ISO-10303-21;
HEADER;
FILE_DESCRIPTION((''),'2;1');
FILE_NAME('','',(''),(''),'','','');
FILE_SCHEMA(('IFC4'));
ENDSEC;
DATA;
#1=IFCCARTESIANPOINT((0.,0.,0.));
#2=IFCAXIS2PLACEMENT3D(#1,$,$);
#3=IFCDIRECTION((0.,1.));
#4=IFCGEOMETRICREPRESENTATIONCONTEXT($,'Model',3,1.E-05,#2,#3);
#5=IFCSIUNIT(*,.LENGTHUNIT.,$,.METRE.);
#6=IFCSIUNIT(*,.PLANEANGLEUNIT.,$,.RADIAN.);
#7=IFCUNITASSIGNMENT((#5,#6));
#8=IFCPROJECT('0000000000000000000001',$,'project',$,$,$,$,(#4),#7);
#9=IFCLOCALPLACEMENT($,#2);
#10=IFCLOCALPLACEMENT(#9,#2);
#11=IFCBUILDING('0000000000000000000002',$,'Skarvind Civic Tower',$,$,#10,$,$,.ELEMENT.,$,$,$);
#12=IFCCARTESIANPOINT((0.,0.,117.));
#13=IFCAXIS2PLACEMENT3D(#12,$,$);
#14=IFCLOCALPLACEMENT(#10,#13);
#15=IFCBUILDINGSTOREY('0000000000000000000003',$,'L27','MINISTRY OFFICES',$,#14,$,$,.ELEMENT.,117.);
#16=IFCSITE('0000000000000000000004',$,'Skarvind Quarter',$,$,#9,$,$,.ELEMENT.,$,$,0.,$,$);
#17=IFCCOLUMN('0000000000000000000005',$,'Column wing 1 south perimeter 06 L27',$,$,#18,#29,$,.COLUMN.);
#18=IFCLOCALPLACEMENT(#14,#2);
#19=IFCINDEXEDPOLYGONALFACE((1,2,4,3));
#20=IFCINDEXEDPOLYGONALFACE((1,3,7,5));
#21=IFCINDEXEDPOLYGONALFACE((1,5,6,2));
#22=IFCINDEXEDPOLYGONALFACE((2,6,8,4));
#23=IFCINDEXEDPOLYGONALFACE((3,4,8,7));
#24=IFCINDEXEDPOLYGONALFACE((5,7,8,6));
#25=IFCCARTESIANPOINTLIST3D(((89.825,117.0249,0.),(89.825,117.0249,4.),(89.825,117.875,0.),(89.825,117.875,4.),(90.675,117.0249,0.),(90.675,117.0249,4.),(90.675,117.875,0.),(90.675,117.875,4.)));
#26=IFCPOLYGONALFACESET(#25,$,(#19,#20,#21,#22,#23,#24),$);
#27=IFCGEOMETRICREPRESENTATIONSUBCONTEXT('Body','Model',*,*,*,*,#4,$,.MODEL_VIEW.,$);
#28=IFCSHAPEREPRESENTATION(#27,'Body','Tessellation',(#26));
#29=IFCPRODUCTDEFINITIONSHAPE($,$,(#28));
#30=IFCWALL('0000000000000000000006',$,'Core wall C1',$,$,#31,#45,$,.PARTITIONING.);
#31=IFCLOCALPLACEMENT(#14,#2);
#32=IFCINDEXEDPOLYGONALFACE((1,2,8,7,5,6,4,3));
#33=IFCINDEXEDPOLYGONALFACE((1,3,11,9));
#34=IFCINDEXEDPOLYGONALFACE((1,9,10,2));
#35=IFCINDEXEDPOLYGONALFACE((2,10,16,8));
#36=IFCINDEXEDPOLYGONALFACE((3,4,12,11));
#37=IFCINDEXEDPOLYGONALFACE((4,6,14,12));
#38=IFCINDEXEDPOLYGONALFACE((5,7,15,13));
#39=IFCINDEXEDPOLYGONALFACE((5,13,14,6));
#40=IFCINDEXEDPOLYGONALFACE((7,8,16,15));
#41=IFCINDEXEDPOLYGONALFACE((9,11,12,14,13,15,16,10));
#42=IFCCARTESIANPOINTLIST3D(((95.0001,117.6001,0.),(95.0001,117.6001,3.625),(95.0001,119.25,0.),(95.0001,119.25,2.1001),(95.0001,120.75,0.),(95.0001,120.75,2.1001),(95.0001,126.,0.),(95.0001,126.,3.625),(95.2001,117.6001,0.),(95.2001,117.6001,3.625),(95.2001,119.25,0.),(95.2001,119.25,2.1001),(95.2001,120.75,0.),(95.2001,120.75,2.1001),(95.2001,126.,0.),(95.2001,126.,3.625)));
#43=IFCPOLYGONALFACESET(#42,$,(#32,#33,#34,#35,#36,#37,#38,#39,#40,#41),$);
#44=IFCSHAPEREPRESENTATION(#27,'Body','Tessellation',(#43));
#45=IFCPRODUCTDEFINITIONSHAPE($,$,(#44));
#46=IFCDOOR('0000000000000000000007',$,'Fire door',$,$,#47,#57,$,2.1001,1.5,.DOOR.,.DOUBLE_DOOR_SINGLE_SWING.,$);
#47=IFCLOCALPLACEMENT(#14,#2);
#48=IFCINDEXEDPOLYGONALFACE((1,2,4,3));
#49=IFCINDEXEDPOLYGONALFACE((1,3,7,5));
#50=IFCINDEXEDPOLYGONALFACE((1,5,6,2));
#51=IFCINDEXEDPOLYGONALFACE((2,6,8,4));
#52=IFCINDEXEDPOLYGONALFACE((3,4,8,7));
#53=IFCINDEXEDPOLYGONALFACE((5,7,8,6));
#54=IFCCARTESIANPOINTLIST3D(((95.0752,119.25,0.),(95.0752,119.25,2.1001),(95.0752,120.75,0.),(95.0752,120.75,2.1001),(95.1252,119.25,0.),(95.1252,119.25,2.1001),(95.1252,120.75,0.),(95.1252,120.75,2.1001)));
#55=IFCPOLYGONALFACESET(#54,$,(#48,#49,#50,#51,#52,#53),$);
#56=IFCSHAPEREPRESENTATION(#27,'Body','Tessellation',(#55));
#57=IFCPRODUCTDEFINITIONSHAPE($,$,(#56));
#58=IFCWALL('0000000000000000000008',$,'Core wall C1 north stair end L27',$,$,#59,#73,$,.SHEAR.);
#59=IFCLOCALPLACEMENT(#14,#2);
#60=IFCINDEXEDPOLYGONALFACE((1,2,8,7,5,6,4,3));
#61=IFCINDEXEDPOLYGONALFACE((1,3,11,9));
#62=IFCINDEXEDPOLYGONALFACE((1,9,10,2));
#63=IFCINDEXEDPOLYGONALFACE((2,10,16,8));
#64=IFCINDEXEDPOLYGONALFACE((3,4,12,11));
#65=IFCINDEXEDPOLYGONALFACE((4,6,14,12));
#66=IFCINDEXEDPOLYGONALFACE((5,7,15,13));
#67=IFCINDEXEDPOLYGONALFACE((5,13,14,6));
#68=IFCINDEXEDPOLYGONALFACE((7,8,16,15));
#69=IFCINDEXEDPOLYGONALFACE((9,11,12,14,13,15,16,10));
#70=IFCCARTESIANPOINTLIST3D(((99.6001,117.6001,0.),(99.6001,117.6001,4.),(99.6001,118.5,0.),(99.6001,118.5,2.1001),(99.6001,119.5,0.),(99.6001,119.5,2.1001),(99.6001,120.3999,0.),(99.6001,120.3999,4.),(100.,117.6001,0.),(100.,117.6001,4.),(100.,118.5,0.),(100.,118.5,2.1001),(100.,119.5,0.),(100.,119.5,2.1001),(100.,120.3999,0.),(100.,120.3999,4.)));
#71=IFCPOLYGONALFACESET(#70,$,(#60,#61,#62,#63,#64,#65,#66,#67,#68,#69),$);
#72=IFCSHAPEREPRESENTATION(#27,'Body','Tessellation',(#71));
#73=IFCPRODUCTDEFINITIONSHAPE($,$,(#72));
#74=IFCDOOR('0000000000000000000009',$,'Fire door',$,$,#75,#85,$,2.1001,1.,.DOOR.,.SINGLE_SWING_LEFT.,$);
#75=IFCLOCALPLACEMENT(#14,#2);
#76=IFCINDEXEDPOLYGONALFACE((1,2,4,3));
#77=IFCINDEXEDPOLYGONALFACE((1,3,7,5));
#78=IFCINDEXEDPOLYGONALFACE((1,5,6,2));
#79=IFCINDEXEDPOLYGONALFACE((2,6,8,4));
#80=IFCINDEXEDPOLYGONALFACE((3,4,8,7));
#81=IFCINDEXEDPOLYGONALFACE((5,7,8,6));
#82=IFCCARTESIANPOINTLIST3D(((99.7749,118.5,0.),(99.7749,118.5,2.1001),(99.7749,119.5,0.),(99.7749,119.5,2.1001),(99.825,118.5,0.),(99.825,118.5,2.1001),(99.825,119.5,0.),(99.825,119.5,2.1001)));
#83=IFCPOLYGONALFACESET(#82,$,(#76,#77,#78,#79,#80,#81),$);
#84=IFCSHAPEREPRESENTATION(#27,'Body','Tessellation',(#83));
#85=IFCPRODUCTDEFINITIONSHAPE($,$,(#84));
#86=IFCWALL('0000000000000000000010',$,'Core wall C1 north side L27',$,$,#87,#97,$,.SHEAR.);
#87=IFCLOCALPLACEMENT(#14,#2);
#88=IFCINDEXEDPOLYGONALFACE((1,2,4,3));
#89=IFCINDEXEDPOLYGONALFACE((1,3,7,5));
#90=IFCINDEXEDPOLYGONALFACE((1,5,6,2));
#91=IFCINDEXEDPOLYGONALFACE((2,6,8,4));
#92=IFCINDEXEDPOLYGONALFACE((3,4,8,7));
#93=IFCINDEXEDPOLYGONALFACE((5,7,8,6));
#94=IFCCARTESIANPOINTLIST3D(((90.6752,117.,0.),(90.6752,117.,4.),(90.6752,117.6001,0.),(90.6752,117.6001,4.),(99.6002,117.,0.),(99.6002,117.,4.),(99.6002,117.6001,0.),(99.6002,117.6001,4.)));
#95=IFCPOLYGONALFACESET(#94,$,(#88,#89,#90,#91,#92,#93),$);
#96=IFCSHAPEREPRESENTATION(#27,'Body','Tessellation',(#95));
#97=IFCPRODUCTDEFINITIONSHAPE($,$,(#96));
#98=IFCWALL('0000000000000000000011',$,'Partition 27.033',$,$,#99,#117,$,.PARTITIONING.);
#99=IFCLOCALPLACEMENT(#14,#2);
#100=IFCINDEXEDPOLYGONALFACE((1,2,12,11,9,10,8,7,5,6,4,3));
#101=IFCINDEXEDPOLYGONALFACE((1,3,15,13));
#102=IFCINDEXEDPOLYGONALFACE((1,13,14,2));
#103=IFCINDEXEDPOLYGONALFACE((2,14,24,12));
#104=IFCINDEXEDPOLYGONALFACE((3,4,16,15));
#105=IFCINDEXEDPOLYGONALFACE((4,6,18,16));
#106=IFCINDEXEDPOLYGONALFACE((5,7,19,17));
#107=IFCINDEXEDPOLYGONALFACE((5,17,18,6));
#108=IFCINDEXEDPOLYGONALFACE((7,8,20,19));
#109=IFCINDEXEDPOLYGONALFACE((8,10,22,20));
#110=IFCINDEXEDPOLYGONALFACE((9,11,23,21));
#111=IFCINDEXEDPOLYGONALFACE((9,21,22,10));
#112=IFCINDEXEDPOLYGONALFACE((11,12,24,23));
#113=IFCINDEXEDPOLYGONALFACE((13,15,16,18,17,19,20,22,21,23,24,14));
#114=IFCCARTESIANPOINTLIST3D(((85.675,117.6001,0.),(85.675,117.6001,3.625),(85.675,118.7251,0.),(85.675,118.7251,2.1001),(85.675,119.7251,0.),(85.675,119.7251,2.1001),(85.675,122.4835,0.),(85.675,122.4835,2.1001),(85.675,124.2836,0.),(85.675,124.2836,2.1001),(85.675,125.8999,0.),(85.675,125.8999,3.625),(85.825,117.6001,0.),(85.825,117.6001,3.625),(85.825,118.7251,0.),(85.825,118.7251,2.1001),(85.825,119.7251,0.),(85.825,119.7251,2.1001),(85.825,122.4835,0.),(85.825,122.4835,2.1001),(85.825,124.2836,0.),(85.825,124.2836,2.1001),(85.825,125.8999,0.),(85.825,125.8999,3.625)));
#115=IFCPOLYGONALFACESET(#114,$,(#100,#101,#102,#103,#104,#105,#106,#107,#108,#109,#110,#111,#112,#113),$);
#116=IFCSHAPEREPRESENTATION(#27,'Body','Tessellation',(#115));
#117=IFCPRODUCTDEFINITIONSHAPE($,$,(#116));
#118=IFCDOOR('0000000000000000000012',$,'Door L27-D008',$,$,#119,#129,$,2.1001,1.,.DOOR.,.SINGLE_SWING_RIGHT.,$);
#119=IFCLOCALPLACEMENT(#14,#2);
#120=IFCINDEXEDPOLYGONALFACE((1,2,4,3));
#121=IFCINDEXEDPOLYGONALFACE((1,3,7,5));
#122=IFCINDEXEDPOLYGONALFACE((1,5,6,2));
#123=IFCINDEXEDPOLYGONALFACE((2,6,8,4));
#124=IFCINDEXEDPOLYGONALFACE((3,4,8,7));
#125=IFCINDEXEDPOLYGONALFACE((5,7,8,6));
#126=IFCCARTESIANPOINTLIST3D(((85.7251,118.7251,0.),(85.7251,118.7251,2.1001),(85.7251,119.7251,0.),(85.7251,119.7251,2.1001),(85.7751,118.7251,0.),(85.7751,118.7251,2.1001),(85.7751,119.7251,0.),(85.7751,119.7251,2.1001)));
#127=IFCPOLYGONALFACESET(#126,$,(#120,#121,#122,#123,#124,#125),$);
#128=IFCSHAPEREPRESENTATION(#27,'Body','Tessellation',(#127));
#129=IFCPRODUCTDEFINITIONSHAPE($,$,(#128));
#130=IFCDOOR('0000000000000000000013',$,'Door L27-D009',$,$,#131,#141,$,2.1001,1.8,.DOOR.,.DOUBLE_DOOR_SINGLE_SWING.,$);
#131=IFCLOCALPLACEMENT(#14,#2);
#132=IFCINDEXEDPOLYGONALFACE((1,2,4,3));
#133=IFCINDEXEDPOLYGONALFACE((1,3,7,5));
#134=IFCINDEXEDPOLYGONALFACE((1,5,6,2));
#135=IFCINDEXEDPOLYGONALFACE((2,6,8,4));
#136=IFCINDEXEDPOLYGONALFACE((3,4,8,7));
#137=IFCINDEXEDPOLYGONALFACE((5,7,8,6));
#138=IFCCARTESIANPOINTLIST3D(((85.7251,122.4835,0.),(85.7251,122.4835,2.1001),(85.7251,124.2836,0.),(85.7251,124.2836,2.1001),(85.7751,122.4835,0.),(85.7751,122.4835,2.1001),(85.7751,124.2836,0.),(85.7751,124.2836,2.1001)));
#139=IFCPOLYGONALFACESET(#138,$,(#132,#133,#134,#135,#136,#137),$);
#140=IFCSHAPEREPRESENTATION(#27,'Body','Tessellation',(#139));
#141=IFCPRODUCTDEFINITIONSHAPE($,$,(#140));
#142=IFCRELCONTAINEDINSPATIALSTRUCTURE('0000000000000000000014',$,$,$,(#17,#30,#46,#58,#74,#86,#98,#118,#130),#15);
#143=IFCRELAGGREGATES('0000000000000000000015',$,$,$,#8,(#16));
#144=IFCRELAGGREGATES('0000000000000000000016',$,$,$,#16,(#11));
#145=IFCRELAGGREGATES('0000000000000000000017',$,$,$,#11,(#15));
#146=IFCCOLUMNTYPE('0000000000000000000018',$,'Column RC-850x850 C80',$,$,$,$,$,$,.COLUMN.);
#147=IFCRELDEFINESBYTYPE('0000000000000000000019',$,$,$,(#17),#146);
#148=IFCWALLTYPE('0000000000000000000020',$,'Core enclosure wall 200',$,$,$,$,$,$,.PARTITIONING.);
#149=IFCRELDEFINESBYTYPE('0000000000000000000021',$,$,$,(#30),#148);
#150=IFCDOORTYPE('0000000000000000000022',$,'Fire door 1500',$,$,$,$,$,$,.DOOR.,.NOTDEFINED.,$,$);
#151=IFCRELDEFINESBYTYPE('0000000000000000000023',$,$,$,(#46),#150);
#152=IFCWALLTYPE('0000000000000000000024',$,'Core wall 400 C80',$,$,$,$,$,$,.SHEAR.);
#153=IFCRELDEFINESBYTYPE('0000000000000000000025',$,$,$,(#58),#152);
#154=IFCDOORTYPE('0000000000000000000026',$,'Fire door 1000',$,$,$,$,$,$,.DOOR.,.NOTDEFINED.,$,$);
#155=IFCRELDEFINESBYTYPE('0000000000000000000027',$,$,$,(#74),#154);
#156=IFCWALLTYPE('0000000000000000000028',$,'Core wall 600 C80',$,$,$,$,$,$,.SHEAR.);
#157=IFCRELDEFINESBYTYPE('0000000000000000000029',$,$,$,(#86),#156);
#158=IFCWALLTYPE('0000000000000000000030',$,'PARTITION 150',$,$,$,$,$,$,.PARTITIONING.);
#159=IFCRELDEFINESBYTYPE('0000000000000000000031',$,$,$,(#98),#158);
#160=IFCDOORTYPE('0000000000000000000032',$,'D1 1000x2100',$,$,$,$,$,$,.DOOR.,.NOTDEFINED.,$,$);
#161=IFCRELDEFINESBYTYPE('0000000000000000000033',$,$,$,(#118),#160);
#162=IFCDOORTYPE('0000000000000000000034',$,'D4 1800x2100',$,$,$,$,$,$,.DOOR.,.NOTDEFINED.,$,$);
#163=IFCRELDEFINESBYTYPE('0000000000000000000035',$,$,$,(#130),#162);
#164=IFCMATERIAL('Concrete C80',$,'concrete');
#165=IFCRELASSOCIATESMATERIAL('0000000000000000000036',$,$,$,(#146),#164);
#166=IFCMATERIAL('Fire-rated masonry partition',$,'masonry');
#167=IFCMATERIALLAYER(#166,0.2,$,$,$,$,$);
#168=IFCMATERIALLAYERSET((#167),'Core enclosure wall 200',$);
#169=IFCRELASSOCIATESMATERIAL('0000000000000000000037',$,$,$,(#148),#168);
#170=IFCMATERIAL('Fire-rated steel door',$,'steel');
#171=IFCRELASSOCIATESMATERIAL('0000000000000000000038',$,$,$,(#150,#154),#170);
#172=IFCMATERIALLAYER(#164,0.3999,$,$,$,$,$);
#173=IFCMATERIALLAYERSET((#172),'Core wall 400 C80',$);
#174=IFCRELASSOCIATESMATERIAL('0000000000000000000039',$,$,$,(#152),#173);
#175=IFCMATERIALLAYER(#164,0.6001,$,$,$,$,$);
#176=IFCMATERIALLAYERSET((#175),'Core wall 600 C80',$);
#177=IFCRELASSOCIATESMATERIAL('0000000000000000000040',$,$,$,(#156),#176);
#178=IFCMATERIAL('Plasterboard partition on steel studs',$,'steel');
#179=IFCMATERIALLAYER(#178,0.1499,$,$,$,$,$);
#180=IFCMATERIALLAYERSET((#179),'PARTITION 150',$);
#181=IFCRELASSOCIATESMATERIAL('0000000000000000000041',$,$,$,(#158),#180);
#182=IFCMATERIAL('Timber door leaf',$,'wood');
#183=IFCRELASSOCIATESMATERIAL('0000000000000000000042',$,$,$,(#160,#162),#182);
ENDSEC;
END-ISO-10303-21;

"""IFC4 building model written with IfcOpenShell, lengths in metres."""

from ifc_helpers import new_model, si_unit, direction, frame, frame_2d, origin, origin_2d, place, context, subcontext, project, spatial, rectangle, extrude, material, layer, layer_set, material_profile, profile_set, type_object, element, fill, save


model = new_model("IFC4")

# Units and contexts
model_context = context("Model", 3, precision=1e-05, world=origin(), true_north=direction((0.0, 1.0)))
body_context = subcontext(model_context, "Body", "Model", "MODEL_VIEW")
ifc_project = project(units=[si_unit("LENGTHUNIT", "METRE"), si_unit("PLANEANGLEUNIT", "RADIAN")], contexts=[model_context])

# Site, building, storey
site_placement = place(None, origin())
site = spatial("IfcSite", under=ifc_project, at=site_placement, Name="Skarvind Quarter", CompositionType="ELEMENT", RefElevation=0.0)
building_placement = place(site_placement, origin())
building = spatial("IfcBuilding", under=site, at=building_placement, Name="Skarvind Civic Tower", CompositionType="ELEMENT")
storey_placement = place(building_placement, frame((0.0, 0.0, 117.0)))
storey = spatial("IfcBuildingStorey", under=building, at=storey_placement, Name="L27", Description="MINISTRY OFFICES", CompositionType="ELEMENT", Elevation=117.0)

# Column
ifc_material_1 = material(Name="Concrete C80", Category="concrete")
ifc_material_profile_1 = material_profile(ifc_material_1, rectangle(XDim=0.8501, YDim=0.8501, at=origin_2d()), Name="RC-850x850")
ifc_profile_set_1 = profile_set([ifc_material_profile_1], Name="Concrete C80")
column_type = type_object("IfcColumnType", Name="Column RC-850x850 C80", PredefinedType="COLUMN", material=ifc_profile_set_1)
column_placement = place(storey_placement, frame((90.25, 117.45, 0.0), z_axis=(0.0, 0.0, 1.0), x_axis=(1.0, 0.0, 0.0)))
element("IfcColumn", 1, at=column_placement, inside=storey, type_object=column_type, Name="Column wing 1 south perimeter 06 L27", PredefinedType="COLUMN", context=body_context, shape_type="SweptSolid", body=[
    extrude(rectangle(XDim=0.8501, YDim=0.8501, at=origin_2d()), origin(), (0.0, 0.0, 1.0), 4.0),
])

# Walls, openings, doors
ifc_material_2 = material(Name="Fire-rated masonry partition", Category="masonry")
ifc_layer_1 = layer(ifc_material_2, 0.2)
ifc_layer_set_1 = layer_set([ifc_layer_1], Name="Core enclosure wall 200")
wall_type_1 = type_object("IfcWallType", Name="Core enclosure wall 200", PredefinedType="PARTITIONING", material=ifc_layer_set_1)
wall_1_placement = place(storey_placement, frame((95.1001, 117.6001, 0.0), z_axis=(0.0, 0.0, 1.0), x_axis=(0.0, 1.0, 0.0)))
wall_1 = element("IfcWall", 2, at=wall_1_placement, inside=storey, type_object=wall_type_1, Name="Core wall C1", PredefinedType="PARTITIONING", context=body_context, shape_type="SweptSolid", body=[
    extrude(rectangle(XDim=8.3999, YDim=0.2, at=frame_2d((4.2, 0.0))), origin(), (0.0, 0.0, 1.0), 3.625),
])
opening_1_placement = place(wall_1_placement, frame((1.6499, 0.0, 0.0)))
opening_1 = element("IfcOpeningElement", 3, at=opening_1_placement, cuts=wall_1, PredefinedType="OPENING", context=body_context, shape_type="SweptSolid", body=[
    extrude(rectangle(XDim=1.5, YDim=2.1001, at=frame_2d((0.75, 1.05))), frame((0.0, 0.1099, 0.0), z_axis=(0.0, -1.0, 0.0), x_axis=(1.0, 0.0, 0.0)), (0.0, 0.0, 1.0), 0.22),
])
ifc_material_3 = material(Name="Fire-rated steel door", Category="steel")
door_type_1 = type_object("IfcDoorType", Name="Fire door 1500", OperationType="NOTDEFINED", PredefinedType="DOOR", material=ifc_material_3)
door_1_placement = place(opening_1_placement, origin())
door_1 = element("IfcDoor", 4, at=door_1_placement, inside=storey, type_object=door_type_1, Name="Fire door", OperationType="DOUBLE_DOOR_SINGLE_SWING", OverallHeight=2.1001, OverallWidth=1.5, PredefinedType="DOOR", context=body_context, shape_type="SweptSolid", body=[
    extrude(rectangle(XDim=1.5, YDim=2.1001, at=frame_2d((0.75, 1.05))), frame((0.0, 0.0249, 0.0), z_axis=(0.0, -1.0, 0.0), x_axis=(1.0, 0.0, 0.0)), (0.0, 0.0, 1.0), 0.05),
])
fill(opening_1, door_1)
ifc_layer_2 = layer(ifc_material_1, 0.3999)
ifc_layer_set_2 = layer_set([ifc_layer_2], Name="Core wall 400 C80")
wall_type_2 = type_object("IfcWallType", Name="Core wall 400 C80", PredefinedType="SHEAR", material=ifc_layer_set_2)
wall_2_placement = place(storey_placement, frame((99.8, 120.3999, 0.0), z_axis=(0.0, 0.0, 1.0), x_axis=(0.0, -1.0, 0.0)))
wall_2 = element("IfcWall", 5, at=wall_2_placement, inside=storey, type_object=wall_type_2, Name="Core wall C1 north stair end L27", PredefinedType="SHEAR", context=body_context, shape_type="SweptSolid", body=[
    extrude(rectangle(XDim=2.7998, YDim=0.3999, at=frame_2d((1.3999, 0.0))), origin(), (0.0, 0.0, 1.0), 4.0),
])
opening_2_placement = place(wall_2_placement, frame((0.8999, 0.0, 0.0)))
opening_2 = element("IfcOpeningElement", 6, at=opening_2_placement, cuts=wall_2, PredefinedType="OPENING", context=body_context, shape_type="SweptSolid", body=[
    extrude(rectangle(XDim=1.0, YDim=2.1001, at=frame_2d((0.5, 1.05))), frame((0.0, 0.21, 0.0), z_axis=(0.0, -1.0, 0.0), x_axis=(1.0, 0.0, 0.0)), (0.0, 0.0, 1.0), 0.4199),
])
door_type_2 = type_object("IfcDoorType", Name="Fire door 1000", OperationType="NOTDEFINED", PredefinedType="DOOR", material=ifc_material_3)
door_2_placement = place(opening_2_placement, origin())
door_2 = element("IfcDoor", 7, at=door_2_placement, inside=storey, type_object=door_type_2, Name="Fire door", OperationType="SINGLE_SWING_LEFT", OverallHeight=2.1001, OverallWidth=1.0, PredefinedType="DOOR", context=body_context, shape_type="SweptSolid", body=[
    extrude(rectangle(XDim=1.0, YDim=2.1001, at=frame_2d((0.5, 1.05))), frame((0.0, 0.0249, 0.0), z_axis=(0.0, -1.0, 0.0), x_axis=(1.0, 0.0, 0.0)), (0.0, 0.0, 1.0), 0.05),
])
fill(opening_2, door_2)

# Wall
ifc_layer_3 = layer(ifc_material_1, 0.6001)
ifc_layer_set_3 = layer_set([ifc_layer_3], Name="Core wall 600 C80")
wall_type_3 = type_object("IfcWallType", Name="Core wall 600 C80", PredefinedType="SHEAR", material=ifc_layer_set_3)
wall_3_placement = place(storey_placement, frame((99.6001, 117.3, 0.0), z_axis=(0.0, 0.0, 1.0), x_axis=(-1.0, 0.0, 0.0)))
element("IfcWall", 8, at=wall_3_placement, inside=storey, type_object=wall_type_3, Name="Core wall C1 north side L27", PredefinedType="SHEAR", context=body_context, shape_type="SweptSolid", body=[
    extrude(rectangle(XDim=8.925, YDim=0.6001, at=frame_2d((4.4624, 0.0))), origin(), (0.0, 0.0, 1.0), 4.0),
])

# Wall, openings, doors
ifc_material_4 = material(Name="Plasterboard partition on steel studs", Category="steel")
ifc_layer_4 = layer(ifc_material_4, 0.1499)
ifc_layer_set_4 = layer_set([ifc_layer_4], Name="PARTITION 150")
wall_type_4 = type_object("IfcWallType", Name="PARTITION 150", PredefinedType="PARTITIONING", material=ifc_layer_set_4)
wall_4_placement = place(storey_placement, frame((85.75, 117.6001, 0.0), z_axis=(0.0, 0.0, 1.0), x_axis=(0.0, 1.0, 0.0)))
wall_4 = element("IfcWall", 9, at=wall_4_placement, inside=storey, type_object=wall_type_4, Name="Partition 27.033", PredefinedType="PARTITIONING", context=body_context, shape_type="SweptSolid", body=[
    extrude(rectangle(XDim=8.2998, YDim=0.1499, at=frame_2d((4.1499, 0.0))), origin(), (0.0, 0.0, 1.0), 3.625),
])
opening_3_placement = place(wall_4_placement, frame((1.125, 0.0, 0.0)))
opening_3 = element("IfcOpeningElement", 10, at=opening_3_placement, cuts=wall_4, PredefinedType="OPENING", context=body_context, shape_type="SweptSolid", body=[
    extrude(rectangle(XDim=1.0, YDim=2.1001, at=frame_2d((0.5, 1.05))), frame((0.0, 0.085, 0.0), z_axis=(0.0, -1.0, 0.0), x_axis=(1.0, 0.0, 0.0)), (0.0, 0.0, 1.0), 0.1699),
])
opening_4_placement = place(wall_4_placement, frame((4.8835, 0.0, 0.0)))
opening_4 = element("IfcOpeningElement", 11, at=opening_4_placement, cuts=wall_4, PredefinedType="OPENING", context=body_context, shape_type="SweptSolid", body=[
    extrude(rectangle(XDim=1.8, YDim=2.1001, at=frame_2d((0.8999, 1.05))), frame((0.0, 0.085, 0.0), z_axis=(0.0, -1.0, 0.0), x_axis=(1.0, 0.0, 0.0)), (0.0, 0.0, 1.0), 0.1699),
])
ifc_material_5 = material(Name="Timber door leaf", Category="wood")
door_type_3 = type_object("IfcDoorType", Name="D1 1000x2100", OperationType="NOTDEFINED", PredefinedType="DOOR", material=ifc_material_5)
door_3_placement = place(opening_3_placement, origin())
door_3 = element("IfcDoor", 12, at=door_3_placement, inside=storey, type_object=door_type_3, Name="Door L27-D008", OperationType="SINGLE_SWING_RIGHT", OverallHeight=2.1001, OverallWidth=1.0, PredefinedType="DOOR", context=body_context, shape_type="SweptSolid", body=[
    extrude(rectangle(XDim=1.0, YDim=2.1001, at=frame_2d((0.5, 1.05))), frame((0.0, 0.0249, 0.0), z_axis=(0.0, -1.0, 0.0), x_axis=(1.0, 0.0, 0.0)), (0.0, 0.0, 1.0), 0.05),
])
fill(opening_3, door_3)
door_type_4 = type_object("IfcDoorType", Name="D4 1800x2100", OperationType="NOTDEFINED", PredefinedType="DOOR", material=ifc_material_5)
door_4_placement = place(opening_4_placement, origin())
door_4 = element("IfcDoor", 13, at=door_4_placement, inside=storey, type_object=door_type_4, Name="Door L27-D009", OperationType="DOUBLE_DOOR_SINGLE_SWING", OverallHeight=2.1001, OverallWidth=1.8, PredefinedType="DOOR", context=body_context, shape_type="SweptSolid", body=[
    extrude(rectangle(XDim=1.8, YDim=2.1001, at=frame_2d((0.8999, 1.05))), frame((0.0, 0.0249, 0.0), z_axis=(0.0, -1.0, 0.0), x_axis=(1.0, 0.0, 0.0)), (0.0, 0.0, 1.0), 0.05),
])
fill(opening_4, door_4)

save(model, "model.ifc")
